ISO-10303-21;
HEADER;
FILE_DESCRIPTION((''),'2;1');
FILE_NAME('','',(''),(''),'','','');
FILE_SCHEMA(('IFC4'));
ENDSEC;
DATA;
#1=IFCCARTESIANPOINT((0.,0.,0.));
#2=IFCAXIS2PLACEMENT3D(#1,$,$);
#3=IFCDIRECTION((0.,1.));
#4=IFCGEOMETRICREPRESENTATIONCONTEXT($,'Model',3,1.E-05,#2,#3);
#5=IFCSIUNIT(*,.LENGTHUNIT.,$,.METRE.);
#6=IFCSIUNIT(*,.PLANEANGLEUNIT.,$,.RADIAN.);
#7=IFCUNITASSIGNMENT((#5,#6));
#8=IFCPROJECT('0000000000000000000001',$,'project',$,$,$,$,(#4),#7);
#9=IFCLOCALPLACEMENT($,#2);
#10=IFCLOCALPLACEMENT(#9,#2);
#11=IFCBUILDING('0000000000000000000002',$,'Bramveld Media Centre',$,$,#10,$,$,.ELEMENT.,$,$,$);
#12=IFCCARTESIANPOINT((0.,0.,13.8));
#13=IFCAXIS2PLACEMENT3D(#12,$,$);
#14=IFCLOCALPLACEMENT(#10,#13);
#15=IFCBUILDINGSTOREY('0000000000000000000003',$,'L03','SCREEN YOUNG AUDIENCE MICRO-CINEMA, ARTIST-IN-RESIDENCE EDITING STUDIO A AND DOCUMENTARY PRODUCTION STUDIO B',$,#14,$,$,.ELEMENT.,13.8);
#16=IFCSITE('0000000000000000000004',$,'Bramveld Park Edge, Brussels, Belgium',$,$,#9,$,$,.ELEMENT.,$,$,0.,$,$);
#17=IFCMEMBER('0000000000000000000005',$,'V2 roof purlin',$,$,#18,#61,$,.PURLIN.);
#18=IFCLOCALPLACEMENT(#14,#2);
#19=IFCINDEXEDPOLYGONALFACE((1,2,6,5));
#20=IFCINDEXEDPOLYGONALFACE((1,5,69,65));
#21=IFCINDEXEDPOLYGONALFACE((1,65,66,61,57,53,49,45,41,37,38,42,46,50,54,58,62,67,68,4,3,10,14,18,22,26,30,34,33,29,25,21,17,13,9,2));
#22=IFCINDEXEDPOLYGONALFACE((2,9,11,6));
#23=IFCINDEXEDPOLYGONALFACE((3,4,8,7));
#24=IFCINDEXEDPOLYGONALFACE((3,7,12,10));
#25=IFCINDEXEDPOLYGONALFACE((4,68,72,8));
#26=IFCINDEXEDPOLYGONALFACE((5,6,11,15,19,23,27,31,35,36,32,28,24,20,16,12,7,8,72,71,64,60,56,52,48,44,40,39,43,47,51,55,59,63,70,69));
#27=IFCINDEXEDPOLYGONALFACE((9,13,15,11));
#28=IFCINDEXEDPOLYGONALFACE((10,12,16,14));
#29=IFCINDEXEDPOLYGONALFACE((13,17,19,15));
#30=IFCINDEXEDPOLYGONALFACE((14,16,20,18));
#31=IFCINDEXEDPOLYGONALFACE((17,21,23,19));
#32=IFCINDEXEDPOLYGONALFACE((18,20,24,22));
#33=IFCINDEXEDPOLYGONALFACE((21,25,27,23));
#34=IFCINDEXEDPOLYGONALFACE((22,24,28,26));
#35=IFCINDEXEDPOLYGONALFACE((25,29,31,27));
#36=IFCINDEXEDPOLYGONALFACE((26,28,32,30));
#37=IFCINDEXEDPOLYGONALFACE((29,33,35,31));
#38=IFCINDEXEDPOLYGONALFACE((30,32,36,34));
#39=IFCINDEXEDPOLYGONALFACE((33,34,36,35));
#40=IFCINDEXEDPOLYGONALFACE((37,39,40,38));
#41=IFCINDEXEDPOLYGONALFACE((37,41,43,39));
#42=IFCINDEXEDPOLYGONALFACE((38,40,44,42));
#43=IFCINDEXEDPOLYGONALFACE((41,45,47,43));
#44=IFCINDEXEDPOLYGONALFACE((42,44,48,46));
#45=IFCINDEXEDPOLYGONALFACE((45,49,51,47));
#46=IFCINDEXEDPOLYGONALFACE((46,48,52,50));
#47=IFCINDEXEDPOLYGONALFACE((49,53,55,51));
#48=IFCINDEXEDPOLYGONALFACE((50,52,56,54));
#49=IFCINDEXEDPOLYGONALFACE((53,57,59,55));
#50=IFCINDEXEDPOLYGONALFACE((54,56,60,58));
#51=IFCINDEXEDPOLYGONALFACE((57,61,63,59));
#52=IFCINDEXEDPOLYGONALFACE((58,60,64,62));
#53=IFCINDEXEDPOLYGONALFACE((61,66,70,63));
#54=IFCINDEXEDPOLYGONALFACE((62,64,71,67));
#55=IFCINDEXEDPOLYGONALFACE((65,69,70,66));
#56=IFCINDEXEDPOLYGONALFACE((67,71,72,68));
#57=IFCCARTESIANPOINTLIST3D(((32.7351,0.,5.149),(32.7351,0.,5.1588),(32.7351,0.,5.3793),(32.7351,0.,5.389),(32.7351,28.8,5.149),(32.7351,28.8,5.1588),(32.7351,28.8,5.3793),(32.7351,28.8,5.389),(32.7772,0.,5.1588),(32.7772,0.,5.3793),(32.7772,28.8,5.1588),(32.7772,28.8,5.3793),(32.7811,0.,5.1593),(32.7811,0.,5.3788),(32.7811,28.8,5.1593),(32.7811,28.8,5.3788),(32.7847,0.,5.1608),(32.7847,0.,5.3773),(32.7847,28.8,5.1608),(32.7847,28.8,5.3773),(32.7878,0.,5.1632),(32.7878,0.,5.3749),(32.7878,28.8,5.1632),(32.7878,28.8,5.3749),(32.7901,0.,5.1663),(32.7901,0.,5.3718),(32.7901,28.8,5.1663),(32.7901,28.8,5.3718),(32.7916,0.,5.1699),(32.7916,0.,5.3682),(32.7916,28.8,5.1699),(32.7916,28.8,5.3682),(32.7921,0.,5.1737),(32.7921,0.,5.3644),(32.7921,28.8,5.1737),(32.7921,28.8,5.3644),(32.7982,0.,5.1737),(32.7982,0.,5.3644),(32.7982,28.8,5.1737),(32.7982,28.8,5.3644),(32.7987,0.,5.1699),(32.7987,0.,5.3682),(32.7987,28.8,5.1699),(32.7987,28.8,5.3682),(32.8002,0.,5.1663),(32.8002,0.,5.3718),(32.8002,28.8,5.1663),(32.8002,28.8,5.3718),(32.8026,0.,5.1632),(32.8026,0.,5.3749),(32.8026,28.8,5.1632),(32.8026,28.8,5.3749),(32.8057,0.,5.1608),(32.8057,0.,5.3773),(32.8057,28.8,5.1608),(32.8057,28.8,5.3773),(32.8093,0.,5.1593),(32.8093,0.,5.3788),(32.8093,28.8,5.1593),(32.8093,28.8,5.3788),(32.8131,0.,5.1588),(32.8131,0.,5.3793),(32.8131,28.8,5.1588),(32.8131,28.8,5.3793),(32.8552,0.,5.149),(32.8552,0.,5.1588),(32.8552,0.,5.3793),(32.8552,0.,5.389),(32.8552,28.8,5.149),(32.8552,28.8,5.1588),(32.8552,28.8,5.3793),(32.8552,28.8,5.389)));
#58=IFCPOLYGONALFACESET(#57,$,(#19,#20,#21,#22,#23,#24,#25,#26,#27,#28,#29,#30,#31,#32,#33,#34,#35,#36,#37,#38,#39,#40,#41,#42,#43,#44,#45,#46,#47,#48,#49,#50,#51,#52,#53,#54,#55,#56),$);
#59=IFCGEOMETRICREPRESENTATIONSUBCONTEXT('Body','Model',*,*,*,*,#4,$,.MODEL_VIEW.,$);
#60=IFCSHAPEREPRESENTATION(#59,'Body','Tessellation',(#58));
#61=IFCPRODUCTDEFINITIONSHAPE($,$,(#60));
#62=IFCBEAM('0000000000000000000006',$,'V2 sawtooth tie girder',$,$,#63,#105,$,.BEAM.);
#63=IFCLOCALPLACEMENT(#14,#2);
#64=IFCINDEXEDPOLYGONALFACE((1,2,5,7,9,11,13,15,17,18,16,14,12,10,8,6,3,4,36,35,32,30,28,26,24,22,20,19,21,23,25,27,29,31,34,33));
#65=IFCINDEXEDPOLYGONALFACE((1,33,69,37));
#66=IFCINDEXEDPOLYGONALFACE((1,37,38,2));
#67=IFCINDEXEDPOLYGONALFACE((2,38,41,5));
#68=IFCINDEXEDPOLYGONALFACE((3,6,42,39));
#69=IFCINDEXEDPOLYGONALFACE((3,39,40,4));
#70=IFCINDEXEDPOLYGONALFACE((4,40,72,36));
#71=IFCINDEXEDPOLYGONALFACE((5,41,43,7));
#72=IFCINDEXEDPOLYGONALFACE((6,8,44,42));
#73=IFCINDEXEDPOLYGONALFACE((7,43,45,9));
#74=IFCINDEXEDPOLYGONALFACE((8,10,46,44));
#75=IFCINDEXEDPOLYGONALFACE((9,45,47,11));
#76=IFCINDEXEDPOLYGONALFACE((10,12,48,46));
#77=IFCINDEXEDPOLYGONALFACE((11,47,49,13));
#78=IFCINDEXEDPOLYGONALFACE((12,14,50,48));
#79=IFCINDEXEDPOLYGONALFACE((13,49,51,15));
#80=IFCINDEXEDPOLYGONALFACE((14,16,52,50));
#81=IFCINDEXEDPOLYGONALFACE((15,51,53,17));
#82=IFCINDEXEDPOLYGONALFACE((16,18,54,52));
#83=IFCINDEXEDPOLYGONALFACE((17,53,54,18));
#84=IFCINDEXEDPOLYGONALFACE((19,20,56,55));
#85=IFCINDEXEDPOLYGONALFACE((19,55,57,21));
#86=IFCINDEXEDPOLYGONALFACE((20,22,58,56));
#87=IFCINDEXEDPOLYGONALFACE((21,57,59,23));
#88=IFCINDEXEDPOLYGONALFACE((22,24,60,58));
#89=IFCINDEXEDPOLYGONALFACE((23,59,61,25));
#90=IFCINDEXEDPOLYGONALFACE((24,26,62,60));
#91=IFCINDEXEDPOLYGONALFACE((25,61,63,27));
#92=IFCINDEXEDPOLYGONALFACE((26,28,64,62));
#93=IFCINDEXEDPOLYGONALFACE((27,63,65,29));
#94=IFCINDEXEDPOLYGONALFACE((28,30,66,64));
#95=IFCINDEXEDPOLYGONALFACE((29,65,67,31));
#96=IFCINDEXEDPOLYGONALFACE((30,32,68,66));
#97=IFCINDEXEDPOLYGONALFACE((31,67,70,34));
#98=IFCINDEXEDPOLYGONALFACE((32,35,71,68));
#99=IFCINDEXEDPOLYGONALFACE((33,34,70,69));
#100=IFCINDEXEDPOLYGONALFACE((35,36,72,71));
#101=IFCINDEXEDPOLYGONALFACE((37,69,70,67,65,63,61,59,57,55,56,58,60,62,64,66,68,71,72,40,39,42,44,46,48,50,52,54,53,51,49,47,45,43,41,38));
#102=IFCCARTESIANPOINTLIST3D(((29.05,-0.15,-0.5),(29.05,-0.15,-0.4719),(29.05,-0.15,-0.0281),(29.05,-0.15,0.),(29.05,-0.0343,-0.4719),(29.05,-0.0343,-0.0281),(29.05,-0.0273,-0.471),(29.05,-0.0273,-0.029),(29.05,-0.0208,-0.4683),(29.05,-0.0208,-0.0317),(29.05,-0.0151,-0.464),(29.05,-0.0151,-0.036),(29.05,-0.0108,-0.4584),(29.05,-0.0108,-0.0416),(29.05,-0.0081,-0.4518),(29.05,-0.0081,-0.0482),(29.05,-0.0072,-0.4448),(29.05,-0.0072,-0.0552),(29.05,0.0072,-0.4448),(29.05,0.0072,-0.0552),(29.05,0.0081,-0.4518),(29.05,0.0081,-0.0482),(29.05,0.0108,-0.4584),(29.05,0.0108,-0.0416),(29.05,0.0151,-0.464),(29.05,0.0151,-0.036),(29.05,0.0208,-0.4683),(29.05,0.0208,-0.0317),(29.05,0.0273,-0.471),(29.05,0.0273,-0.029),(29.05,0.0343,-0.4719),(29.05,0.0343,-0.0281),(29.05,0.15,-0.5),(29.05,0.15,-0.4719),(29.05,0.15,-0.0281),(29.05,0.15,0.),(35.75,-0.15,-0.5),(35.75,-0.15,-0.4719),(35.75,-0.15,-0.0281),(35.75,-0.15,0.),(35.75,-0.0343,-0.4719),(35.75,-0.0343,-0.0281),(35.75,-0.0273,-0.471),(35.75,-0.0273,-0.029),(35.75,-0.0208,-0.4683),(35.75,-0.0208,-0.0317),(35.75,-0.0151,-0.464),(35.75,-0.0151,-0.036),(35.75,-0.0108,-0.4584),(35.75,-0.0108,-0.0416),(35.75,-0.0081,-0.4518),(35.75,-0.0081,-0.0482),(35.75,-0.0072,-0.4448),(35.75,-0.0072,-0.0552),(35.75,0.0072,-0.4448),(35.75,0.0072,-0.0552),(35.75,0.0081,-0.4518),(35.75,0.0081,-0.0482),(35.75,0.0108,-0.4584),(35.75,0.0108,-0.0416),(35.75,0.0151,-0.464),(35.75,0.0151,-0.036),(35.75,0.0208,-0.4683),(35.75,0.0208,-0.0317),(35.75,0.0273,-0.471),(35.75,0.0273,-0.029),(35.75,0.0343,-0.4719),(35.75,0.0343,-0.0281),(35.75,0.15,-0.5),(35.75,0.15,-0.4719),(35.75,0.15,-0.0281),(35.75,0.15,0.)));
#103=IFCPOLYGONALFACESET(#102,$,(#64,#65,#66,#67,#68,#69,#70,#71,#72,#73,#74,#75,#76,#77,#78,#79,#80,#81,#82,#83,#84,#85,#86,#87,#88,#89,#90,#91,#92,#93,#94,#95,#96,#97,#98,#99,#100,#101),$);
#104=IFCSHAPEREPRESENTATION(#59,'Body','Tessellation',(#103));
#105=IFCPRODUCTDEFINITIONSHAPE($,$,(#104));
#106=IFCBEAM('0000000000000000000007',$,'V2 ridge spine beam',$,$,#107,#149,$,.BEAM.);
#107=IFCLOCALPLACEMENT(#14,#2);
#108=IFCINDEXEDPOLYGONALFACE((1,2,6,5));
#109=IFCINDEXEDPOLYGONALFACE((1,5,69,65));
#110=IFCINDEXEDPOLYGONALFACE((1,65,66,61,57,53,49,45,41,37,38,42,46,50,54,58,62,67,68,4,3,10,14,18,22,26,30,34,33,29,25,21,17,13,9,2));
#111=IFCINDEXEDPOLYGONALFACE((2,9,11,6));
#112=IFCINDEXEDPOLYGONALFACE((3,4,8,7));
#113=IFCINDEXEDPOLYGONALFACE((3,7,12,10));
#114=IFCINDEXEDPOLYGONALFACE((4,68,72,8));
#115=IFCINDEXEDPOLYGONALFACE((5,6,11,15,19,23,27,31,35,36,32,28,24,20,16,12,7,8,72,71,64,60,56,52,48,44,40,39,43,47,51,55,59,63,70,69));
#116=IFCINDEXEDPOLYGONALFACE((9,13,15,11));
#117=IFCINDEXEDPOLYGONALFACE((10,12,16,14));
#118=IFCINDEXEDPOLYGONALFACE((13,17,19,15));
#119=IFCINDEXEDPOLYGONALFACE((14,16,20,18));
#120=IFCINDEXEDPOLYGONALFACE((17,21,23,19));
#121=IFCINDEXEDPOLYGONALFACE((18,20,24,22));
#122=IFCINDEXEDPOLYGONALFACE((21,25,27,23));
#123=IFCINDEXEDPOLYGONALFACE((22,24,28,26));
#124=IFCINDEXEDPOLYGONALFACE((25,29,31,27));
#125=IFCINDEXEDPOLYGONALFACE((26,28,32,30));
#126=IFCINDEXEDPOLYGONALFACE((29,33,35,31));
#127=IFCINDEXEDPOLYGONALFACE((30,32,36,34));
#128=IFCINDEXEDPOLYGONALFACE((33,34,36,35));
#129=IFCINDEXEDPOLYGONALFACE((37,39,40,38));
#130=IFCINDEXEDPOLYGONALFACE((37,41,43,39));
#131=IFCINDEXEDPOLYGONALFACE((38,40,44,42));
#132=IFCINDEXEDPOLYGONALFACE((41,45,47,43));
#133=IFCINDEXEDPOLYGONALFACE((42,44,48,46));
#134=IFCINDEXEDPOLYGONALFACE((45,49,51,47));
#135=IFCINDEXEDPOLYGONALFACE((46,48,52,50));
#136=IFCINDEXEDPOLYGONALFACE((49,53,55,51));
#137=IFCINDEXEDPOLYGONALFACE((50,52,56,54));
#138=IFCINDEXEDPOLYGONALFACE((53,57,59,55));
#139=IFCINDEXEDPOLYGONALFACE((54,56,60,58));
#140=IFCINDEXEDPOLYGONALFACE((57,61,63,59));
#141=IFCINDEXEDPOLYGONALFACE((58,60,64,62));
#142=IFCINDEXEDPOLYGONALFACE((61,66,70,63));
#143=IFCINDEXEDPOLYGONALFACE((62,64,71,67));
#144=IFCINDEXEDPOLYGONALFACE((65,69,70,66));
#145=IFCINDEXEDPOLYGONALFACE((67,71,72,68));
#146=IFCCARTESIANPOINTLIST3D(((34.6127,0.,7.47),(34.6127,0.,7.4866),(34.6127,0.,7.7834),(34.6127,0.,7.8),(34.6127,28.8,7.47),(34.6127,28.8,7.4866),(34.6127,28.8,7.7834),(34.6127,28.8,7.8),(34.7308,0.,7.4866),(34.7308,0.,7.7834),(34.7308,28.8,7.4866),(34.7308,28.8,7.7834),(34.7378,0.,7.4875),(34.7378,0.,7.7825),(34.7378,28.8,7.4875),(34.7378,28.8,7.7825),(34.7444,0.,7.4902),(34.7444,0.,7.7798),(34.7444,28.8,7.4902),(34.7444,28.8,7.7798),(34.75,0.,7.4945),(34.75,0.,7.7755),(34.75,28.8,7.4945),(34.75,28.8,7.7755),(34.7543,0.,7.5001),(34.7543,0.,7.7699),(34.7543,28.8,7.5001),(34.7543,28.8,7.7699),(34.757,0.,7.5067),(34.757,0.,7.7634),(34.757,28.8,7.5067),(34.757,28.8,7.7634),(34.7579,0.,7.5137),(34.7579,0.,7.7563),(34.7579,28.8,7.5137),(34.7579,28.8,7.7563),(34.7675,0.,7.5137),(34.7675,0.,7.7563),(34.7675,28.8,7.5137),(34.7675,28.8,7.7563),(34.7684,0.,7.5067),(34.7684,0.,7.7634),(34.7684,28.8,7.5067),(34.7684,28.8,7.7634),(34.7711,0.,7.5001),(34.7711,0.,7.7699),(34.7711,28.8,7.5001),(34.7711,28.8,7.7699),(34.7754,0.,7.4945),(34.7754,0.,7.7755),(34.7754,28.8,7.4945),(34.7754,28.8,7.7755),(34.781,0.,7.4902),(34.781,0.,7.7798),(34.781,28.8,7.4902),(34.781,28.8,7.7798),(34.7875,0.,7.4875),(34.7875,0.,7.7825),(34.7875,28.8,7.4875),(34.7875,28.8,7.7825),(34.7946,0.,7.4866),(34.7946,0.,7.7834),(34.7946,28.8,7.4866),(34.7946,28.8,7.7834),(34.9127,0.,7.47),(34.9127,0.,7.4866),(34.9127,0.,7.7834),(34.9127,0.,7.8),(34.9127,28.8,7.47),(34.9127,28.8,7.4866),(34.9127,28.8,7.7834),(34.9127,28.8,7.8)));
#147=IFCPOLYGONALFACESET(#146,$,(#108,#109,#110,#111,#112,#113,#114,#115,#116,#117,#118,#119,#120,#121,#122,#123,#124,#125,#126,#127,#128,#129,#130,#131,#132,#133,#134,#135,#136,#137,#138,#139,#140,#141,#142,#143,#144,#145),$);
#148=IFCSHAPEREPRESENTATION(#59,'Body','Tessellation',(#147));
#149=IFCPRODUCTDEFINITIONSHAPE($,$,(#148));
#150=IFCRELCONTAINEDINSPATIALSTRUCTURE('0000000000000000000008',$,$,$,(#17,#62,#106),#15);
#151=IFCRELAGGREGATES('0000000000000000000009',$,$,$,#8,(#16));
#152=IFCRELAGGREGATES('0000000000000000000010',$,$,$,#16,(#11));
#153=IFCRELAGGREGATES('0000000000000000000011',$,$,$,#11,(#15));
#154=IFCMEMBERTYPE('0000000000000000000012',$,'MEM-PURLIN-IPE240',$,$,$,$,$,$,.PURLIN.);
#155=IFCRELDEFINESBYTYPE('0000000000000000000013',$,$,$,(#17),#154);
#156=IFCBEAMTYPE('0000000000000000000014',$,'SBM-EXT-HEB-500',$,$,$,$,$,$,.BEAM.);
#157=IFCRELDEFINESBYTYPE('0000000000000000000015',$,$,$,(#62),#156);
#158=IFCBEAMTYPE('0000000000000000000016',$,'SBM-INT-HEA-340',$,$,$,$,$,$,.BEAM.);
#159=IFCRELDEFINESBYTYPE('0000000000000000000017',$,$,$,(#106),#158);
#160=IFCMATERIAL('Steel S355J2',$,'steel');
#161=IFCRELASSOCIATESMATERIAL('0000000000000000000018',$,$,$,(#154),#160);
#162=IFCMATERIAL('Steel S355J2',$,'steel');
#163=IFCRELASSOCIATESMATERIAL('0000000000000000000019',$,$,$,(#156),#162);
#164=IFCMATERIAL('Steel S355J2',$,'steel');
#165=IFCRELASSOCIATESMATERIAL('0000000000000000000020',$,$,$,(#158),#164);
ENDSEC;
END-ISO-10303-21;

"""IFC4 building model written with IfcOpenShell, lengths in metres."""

from ifc_helpers import new_model, si_unit, direction, frame, origin, origin_2d, place, context, subcontext, project, spatial, i_section, extrude, material, material_profile, profile_set, type_object, element, save


model = new_model("IFC4")

# Units and contexts
model_context = context("Model", 3, precision=1e-05, world=origin(), true_north=direction((0.0, 1.0)))
body_context = subcontext(model_context, "Body", "Model", "MODEL_VIEW")
ifc_project = project(units=[si_unit("LENGTHUNIT", "METRE"), si_unit("PLANEANGLEUNIT", "RADIAN")], contexts=[model_context])

# Site, building, storey
site_placement = place(None, origin())
site = spatial("IfcSite", under=ifc_project, at=site_placement, Name="Bramveld Park Edge, Brussels, Belgium", CompositionType="ELEMENT", RefElevation=0.0)
building_placement = place(site_placement, origin())
building = spatial("IfcBuilding", under=site, at=building_placement, Name="Bramveld Media Centre", CompositionType="ELEMENT")
storey_placement = place(building_placement, frame((0.0, 0.0, 13.8)))
storey = spatial("IfcBuildingStorey", under=building, at=storey_placement, Name="L03", Description="SCREEN YOUNG AUDIENCE MICRO-CINEMA, ARTIST-IN-RESIDENCE EDITING STUDIO A AND DOCUMENTARY PRODUCTION STUDIO B", CompositionType="ELEMENT", Elevation=13.8)

# Member
ifc_material_1 = material(Name="Steel S355J2", Category="steel")
ifc_material_profile_1 = material_profile(ifc_material_1, i_section(OverallWidth=0.1201, OverallDepth=0.24, WebThickness=0.0061, FlangeThickness=0.0098, FilletRadius=0.0149, at=origin_2d()), Name="IPE 240")
ifc_profile_set_1 = profile_set([ifc_material_profile_1], Name="Steel S355J2")
member_type_1 = type_object("IfcMemberType", Name="MEM-PURLIN-IPE240", PredefinedType="PURLIN", material=ifc_profile_set_1)
member_1_placement = place(storey_placement, frame((32.7952, 0.0, 5.269), z_axis=(0.0, 1.0, 0.0), x_axis=(-1.0, 0.0, 0.0)))
element("IfcMember", 1, at=member_1_placement, inside=storey, type_object=member_type_1, Name="V2 roof purlin", PredefinedType="PURLIN", context=body_context, shape_type="SweptSolid", body=[
    extrude(i_section(OverallWidth=0.1201, OverallDepth=0.24, WebThickness=0.0061, FlangeThickness=0.0098, FilletRadius=0.0149, at=origin_2d()), origin(), (0.0, 0.0, 1.0), 28.8),
])

# Beams
ifc_material_2 = material(Name="Steel S355J2", Category="steel")
ifc_material_profile_2 = material_profile(ifc_material_2, i_section(OverallWidth=0.3, OverallDepth=0.5, WebThickness=0.0144, FlangeThickness=0.0281, FilletRadius=0.0271, at=origin_2d()), Name="HEB 500")
ifc_profile_set_2 = profile_set([ifc_material_profile_2], Name="Steel S355J2")
beam_type_1 = type_object("IfcBeamType", Name="SBM-EXT-HEB-500", PredefinedType="BEAM", material=ifc_profile_set_2)
beam_1_placement = place(storey_placement, frame((29.05, 0.0, -0.25), z_axis=(1.0, 0.0, 0.0), x_axis=(0.0, 1.0, 0.0)))
element("IfcBeam", 2, at=beam_1_placement, inside=storey, type_object=beam_type_1, Name="V2 sawtooth tie girder", PredefinedType="BEAM", context=body_context, shape_type="SweptSolid", body=[
    extrude(i_section(OverallWidth=0.3, OverallDepth=0.5, WebThickness=0.0144, FlangeThickness=0.0281, FilletRadius=0.0271, at=origin_2d()), origin(), (0.0, 0.0, 1.0), 6.7),
])
ifc_material_3 = material(Name="Steel S355J2", Category="steel")
ifc_material_profile_3 = material_profile(ifc_material_3, i_section(OverallWidth=0.3, OverallDepth=0.3301, WebThickness=0.0095, FlangeThickness=0.0166, FilletRadius=0.0271, at=origin_2d()), Name="HEA 340")
ifc_profile_set_3 = profile_set([ifc_material_profile_3], Name="Steel S355J2")
beam_type_2 = type_object("IfcBeamType", Name="SBM-INT-HEA-340", PredefinedType="BEAM", material=ifc_profile_set_3)
beam_2_placement = place(storey_placement, frame((34.7627, 0.0, 7.635), z_axis=(0.0, 1.0, 0.0), x_axis=(-1.0, 0.0, 0.0)))
element("IfcBeam", 3, at=beam_2_placement, inside=storey, type_object=beam_type_2, Name="V2 ridge spine beam", PredefinedType="BEAM", context=body_context, shape_type="SweptSolid", body=[
    extrude(i_section(OverallWidth=0.3, OverallDepth=0.3301, WebThickness=0.0095, FlangeThickness=0.0166, FilletRadius=0.0271, at=origin_2d()), origin(), (0.0, 0.0, 1.0), 28.8),
])

save(model, "model.ifc")
